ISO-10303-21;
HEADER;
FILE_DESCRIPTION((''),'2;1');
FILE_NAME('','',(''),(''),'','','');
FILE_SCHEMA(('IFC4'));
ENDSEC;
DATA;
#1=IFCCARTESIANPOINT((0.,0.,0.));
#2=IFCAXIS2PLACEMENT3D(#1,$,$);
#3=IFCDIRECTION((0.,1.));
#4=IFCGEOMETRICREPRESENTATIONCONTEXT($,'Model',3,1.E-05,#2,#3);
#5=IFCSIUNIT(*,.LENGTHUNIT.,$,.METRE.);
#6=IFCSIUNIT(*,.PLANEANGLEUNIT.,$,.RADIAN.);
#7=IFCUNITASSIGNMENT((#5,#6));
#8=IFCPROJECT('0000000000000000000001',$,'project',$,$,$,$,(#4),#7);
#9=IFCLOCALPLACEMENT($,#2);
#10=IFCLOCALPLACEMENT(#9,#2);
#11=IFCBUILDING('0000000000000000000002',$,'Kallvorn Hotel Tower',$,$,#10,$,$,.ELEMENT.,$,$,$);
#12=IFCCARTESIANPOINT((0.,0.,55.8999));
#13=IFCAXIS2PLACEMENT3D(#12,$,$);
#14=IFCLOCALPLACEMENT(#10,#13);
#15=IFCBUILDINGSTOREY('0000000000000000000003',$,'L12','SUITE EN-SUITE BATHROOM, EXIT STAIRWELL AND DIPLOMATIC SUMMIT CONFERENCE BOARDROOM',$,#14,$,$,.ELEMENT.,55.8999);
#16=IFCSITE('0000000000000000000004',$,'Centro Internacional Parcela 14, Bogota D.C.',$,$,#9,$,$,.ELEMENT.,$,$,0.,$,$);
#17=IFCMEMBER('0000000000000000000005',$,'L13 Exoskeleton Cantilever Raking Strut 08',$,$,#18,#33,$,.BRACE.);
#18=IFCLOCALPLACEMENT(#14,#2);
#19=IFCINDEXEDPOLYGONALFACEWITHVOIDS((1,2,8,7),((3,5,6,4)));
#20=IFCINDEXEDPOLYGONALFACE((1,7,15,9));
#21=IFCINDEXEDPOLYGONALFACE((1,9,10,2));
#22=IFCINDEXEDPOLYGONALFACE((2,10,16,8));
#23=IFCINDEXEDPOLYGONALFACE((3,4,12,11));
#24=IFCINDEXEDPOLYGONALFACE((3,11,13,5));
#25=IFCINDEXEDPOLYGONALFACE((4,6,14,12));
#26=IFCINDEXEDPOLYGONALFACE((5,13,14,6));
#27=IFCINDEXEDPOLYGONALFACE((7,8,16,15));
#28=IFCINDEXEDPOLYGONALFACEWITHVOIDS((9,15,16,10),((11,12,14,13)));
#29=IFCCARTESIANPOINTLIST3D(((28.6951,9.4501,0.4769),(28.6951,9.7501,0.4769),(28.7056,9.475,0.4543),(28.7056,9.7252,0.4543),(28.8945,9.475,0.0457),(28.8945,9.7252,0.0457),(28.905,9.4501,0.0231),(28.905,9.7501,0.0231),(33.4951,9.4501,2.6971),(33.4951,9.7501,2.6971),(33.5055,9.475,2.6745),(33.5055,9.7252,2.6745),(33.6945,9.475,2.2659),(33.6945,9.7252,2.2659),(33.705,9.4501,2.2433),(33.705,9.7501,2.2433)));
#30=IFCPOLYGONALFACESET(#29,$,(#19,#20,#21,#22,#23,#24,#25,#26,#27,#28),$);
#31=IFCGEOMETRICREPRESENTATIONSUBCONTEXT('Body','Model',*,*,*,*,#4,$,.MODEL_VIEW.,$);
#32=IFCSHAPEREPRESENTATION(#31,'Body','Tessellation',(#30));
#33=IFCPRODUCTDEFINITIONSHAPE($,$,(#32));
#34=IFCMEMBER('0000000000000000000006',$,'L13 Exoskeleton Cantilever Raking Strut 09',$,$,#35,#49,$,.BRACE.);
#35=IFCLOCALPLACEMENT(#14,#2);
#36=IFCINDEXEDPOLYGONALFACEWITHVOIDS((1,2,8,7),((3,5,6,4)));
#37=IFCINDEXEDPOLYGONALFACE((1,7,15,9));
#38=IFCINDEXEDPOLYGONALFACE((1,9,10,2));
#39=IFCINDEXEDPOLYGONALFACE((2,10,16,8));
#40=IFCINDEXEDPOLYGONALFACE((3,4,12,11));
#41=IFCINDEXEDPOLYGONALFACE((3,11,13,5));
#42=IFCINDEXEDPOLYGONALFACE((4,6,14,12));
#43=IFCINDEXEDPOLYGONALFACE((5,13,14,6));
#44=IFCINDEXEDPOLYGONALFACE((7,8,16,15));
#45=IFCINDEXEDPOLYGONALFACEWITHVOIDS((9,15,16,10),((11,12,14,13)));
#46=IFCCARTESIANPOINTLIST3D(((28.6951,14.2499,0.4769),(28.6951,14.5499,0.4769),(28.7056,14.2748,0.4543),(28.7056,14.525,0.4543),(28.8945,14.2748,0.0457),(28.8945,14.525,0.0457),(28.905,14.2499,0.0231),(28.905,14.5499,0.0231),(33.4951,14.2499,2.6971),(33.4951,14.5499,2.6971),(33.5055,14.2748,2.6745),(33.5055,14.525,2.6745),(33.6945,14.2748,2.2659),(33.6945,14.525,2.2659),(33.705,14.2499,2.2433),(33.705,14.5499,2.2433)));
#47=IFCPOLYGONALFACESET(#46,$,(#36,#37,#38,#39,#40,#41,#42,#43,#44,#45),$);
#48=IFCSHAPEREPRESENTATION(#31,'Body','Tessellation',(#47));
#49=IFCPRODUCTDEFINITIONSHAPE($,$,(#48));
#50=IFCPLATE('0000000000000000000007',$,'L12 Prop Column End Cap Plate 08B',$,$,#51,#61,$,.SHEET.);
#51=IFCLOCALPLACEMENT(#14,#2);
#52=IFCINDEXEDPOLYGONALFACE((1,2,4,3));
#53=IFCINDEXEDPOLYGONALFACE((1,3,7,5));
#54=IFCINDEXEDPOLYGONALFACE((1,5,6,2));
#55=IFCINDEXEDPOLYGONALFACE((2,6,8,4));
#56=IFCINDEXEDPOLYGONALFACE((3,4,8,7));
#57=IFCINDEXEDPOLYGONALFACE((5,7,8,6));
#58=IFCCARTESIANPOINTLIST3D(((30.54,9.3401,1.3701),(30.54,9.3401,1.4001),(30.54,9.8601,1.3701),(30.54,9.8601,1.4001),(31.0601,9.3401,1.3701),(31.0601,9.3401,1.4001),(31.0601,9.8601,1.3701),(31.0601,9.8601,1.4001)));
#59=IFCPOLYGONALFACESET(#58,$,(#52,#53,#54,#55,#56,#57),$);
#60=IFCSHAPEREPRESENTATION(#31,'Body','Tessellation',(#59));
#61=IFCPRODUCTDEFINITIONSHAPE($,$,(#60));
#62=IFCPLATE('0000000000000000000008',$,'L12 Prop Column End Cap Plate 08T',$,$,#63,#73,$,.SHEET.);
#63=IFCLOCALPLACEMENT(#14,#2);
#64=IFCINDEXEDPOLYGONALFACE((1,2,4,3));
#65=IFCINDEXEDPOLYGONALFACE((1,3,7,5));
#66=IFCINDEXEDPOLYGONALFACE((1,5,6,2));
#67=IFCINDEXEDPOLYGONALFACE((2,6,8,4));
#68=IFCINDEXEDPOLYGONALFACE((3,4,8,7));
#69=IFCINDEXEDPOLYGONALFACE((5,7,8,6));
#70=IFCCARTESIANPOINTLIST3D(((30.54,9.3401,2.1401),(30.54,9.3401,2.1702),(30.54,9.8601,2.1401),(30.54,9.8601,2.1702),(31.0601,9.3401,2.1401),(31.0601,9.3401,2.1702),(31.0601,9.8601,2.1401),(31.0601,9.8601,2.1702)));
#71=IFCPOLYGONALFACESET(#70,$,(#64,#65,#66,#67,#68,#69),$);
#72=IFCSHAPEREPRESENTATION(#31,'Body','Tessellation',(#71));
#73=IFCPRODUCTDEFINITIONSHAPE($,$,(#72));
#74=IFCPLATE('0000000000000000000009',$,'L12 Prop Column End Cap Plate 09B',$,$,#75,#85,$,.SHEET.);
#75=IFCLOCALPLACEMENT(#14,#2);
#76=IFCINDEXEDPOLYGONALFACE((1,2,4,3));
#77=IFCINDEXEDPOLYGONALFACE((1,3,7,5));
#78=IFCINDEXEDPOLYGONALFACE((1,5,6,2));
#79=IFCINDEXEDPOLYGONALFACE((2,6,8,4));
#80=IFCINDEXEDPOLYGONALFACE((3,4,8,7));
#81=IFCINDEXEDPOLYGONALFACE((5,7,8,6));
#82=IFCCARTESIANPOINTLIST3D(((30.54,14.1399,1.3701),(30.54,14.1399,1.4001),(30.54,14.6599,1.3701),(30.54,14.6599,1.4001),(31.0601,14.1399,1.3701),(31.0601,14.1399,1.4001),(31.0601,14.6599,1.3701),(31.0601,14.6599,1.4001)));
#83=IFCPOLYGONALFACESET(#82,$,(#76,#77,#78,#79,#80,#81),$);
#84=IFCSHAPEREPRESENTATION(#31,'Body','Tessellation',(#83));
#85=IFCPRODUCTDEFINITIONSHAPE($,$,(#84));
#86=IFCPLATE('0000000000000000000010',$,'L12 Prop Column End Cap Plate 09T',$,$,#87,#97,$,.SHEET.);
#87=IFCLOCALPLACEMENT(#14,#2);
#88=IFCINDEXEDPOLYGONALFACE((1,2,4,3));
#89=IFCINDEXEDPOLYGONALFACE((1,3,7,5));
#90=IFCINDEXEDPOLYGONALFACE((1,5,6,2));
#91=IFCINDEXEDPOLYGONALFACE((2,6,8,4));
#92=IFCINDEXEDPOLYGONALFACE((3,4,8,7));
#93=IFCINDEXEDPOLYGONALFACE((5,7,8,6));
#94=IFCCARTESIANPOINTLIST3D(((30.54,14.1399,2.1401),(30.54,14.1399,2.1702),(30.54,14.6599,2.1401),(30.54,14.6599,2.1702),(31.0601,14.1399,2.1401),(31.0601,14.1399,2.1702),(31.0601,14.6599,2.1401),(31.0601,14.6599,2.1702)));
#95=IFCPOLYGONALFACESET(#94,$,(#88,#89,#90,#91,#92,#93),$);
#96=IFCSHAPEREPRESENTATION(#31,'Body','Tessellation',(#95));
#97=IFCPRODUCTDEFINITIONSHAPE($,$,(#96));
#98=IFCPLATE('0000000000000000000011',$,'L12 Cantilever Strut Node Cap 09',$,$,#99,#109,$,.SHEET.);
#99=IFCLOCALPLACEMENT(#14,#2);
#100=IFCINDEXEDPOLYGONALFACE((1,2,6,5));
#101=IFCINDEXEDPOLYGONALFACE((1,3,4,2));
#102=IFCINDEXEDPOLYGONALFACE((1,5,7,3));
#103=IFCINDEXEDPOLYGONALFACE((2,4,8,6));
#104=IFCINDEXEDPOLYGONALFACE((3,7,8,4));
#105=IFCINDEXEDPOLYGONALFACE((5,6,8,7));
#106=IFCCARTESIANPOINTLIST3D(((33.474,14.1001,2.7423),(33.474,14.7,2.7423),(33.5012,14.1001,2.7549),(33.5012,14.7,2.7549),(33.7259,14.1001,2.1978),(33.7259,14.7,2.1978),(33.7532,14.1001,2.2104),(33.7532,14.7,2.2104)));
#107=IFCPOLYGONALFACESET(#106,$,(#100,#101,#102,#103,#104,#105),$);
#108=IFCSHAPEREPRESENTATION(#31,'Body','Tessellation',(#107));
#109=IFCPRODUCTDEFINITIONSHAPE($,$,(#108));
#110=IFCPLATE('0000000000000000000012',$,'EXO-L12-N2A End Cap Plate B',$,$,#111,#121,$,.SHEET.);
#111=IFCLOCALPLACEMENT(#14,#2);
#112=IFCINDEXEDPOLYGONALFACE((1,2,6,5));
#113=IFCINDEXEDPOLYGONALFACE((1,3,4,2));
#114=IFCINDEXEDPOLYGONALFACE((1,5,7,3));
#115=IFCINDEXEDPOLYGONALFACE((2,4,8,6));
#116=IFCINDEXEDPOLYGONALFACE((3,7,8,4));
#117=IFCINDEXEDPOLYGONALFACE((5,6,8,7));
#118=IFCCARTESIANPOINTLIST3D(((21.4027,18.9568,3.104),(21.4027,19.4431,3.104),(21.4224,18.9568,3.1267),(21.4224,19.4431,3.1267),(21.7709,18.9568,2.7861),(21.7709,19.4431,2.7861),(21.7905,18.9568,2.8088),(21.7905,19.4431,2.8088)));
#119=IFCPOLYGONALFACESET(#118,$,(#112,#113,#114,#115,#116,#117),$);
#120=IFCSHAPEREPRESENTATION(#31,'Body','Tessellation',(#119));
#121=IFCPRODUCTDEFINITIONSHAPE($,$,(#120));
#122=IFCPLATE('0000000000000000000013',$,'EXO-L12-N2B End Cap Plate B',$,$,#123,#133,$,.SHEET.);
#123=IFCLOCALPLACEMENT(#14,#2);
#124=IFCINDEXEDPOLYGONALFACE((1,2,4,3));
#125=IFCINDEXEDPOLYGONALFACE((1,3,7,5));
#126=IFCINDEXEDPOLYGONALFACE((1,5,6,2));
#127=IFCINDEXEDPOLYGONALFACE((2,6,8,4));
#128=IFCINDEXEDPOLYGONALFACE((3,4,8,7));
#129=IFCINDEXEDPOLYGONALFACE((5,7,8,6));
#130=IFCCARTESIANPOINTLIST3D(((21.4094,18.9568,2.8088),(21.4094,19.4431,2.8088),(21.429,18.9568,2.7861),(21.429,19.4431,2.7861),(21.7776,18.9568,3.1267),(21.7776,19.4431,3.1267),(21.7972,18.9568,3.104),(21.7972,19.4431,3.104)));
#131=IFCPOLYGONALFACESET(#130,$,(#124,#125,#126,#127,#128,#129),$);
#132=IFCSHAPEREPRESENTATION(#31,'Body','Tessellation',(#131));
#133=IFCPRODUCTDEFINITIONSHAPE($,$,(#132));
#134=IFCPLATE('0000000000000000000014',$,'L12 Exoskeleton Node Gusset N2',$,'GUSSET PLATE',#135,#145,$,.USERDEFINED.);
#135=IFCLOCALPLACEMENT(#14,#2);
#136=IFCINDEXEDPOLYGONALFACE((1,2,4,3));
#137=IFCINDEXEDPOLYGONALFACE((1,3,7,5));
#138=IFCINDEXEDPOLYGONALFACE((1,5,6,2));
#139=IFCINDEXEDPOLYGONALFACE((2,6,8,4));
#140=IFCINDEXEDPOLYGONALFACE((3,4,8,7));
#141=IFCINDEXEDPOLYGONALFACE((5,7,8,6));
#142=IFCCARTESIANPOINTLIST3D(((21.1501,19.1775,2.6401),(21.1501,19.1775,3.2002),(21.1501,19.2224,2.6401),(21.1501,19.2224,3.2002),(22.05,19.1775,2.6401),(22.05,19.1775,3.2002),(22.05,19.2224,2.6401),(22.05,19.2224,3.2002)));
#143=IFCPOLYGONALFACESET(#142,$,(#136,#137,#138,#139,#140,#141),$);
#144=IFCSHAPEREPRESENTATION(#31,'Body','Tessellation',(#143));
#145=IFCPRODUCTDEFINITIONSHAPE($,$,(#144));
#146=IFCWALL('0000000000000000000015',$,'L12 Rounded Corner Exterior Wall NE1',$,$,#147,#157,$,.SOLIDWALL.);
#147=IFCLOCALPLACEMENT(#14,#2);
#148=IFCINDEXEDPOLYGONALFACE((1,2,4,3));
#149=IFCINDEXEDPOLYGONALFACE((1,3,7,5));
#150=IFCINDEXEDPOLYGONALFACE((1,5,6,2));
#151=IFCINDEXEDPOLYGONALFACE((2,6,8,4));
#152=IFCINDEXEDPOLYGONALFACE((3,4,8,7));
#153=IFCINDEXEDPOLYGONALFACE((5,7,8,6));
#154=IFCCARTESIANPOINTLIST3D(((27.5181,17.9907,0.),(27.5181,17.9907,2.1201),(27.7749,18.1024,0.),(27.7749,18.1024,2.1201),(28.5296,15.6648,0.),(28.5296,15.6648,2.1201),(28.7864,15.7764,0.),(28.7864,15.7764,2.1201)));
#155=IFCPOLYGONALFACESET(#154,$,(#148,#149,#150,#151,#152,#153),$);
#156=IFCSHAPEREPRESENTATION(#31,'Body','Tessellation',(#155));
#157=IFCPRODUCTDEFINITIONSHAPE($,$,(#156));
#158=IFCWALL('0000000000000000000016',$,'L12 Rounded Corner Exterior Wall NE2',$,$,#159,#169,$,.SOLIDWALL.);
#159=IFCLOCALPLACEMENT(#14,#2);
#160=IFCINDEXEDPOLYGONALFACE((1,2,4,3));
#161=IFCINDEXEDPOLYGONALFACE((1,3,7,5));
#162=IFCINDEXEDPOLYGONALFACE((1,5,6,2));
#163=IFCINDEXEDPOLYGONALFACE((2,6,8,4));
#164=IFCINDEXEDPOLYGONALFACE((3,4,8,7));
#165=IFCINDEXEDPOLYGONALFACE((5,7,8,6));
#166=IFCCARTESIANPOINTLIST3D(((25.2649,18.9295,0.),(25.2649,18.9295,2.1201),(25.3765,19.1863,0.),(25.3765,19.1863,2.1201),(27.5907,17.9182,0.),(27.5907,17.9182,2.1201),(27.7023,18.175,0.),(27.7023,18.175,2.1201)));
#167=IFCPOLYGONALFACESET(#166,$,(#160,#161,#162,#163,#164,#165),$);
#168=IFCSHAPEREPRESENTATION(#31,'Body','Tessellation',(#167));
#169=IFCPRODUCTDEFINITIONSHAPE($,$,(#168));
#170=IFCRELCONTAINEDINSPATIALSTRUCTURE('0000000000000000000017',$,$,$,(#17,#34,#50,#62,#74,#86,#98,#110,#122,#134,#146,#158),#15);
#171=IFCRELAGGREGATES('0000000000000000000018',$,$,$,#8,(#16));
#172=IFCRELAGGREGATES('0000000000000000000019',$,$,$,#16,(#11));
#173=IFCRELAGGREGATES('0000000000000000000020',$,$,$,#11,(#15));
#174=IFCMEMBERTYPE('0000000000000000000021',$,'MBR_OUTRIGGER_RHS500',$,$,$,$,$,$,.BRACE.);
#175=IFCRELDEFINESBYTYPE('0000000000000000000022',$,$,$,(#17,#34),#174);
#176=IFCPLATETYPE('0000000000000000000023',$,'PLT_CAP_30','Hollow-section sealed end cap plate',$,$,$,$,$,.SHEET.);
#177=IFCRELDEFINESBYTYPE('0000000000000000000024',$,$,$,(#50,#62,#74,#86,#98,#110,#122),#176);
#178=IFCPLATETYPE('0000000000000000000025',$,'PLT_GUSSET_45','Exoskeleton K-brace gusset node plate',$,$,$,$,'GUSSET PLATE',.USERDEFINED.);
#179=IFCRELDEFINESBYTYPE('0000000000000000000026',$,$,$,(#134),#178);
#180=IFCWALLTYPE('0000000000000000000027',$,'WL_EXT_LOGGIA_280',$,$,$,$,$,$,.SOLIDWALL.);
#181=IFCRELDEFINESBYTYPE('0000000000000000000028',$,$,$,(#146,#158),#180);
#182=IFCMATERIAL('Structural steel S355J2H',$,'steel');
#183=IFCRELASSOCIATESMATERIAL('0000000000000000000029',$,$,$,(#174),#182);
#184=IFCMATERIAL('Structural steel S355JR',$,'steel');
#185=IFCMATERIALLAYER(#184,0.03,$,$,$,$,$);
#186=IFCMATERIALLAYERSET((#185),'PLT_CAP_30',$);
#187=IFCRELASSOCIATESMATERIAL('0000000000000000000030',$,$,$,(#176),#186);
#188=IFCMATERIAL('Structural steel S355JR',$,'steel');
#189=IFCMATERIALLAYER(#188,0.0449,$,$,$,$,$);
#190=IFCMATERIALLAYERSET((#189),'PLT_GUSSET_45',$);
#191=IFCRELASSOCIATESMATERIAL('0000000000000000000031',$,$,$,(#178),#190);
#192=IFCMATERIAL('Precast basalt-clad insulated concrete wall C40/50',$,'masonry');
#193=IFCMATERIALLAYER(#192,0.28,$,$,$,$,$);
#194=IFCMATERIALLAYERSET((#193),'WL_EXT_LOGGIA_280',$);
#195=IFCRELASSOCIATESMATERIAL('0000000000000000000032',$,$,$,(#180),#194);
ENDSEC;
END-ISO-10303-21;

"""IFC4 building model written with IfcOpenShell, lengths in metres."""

from ifc_helpers import new_model, si_unit, direction, frame, frame_2d, origin, origin_2d, place, context, subcontext, project, spatial, polyline, rectangle, hollow_rectangle, outline, extrude, material, layer, layer_set, material_profile, profile_set, type_object, element, save


model = new_model("IFC4")

# Units and contexts
model_context = context("Model", 3, precision=1e-05, world=origin(), true_north=direction((0.0, 1.0)))
body_context = subcontext(model_context, "Body", "Model", "MODEL_VIEW")
ifc_project = project(units=[si_unit("LENGTHUNIT", "METRE"), si_unit("PLANEANGLEUNIT", "RADIAN")], contexts=[model_context])

# Site, building, storey
site_placement = place(None, origin())
site = spatial("IfcSite", under=ifc_project, at=site_placement, Name="Centro Internacional Parcela 14, Bogota D.C.", CompositionType="ELEMENT", RefElevation=0.0)
building_placement = place(site_placement, origin())
building = spatial("IfcBuilding", under=site, at=building_placement, Name="Kallvorn Hotel Tower", CompositionType="ELEMENT")
storey_placement = place(building_placement, frame((0.0, 0.0, 55.8999)))
storey = spatial("IfcBuildingStorey", under=building, at=storey_placement, Name="L12", Description="SUITE EN-SUITE BATHROOM, EXIT STAIRWELL AND DIPLOMATIC SUMMIT CONFERENCE BOARDROOM", CompositionType="ELEMENT", Elevation=55.8999)

# Members
ifc_material_1 = material(Name="Structural steel S355J2H", Category="steel")
ifc_material_profile_1 = material_profile(ifc_material_1, hollow_rectangle(XDim=0.3, YDim=0.5, WallThickness=0.0249, at=origin_2d()), Name="RHS 500x300x25")
ifc_profile_set_1 = profile_set([ifc_material_profile_1], Name="Structural steel S355J2H")
member_type_1 = type_object("IfcMemberType", Name="MBR_OUTRIGGER_RHS500", PredefinedType="BRACE", material=ifc_profile_set_1)
for number, where, z_axis, x_axis, name in (
    (1, (28.8, 9.6001, 0.25), (0.907613, 0.0, 0.419807), (0.0, 1.0, 0.0), "L13 Exoskeleton Cantilever Raking Strut 08"),
    (2, (28.8, 14.3999, 0.25), (0.907613, 0.0, 0.419807), (0.0, 1.0, 0.0), "L13 Exoskeleton Cantilever Raking Strut 09"),
):
    element("IfcMember", number, at=place(storey_placement, frame(where, z_axis=z_axis, x_axis=x_axis)), inside=storey, type_object=member_type_1, Name=name, PredefinedType="BRACE", context=body_context, shape_type="SweptSolid", body=[
        extrude(hollow_rectangle(XDim=0.3, YDim=0.5, WallThickness=0.0249, at=origin_2d()), origin(), (0.0, 0.0, 1.0), 5.2886),
    ])

# Plates
ifc_material_2 = material(Name="Structural steel S355JR", Category="steel")
ifc_layer_1 = layer(ifc_material_2, 0.03)
ifc_layer_set_1 = layer_set([ifc_layer_1], Name="PLT_CAP_30")
plate_type_1 = type_object("IfcPlateType", Name="PLT_CAP_30", Description="Hollow-section sealed end cap plate", PredefinedType="SHEET", material=ifc_layer_set_1)
for number, where, z_axis, x_axis, name in (
    (3, (30.8, 9.6001, 1.3701), (0.0, 0.0, 1.0), (1.0, 0.0, 0.0), "L12 Prop Column End Cap Plate 08B"),
    (4, (30.8, 9.6001, 2.1401), (0.0, 0.0, 1.0), (1.0, 0.0, 0.0), "L12 Prop Column End Cap Plate 08T"),
    (5, (30.8, 14.3999, 1.3701), (0.0, 0.0, 1.0), (1.0, 0.0, 0.0), "L12 Prop Column End Cap Plate 09B"),
    (6, (30.8, 14.3999, 2.1401), (0.0, 0.0, 1.0), (1.0, 0.0, 0.0), "L12 Prop Column End Cap Plate 09T"),
):
    element("IfcPlate", number, at=place(storey_placement, frame(where, z_axis=z_axis, x_axis=x_axis)), inside=storey, type_object=plate_type_1, Name=name, PredefinedType="SHEET", context=body_context, shape_type="SweptSolid", body=[
        extrude(rectangle(XDim=0.52, YDim=0.52, at=origin_2d()), origin(), (0.0, 0.0, 1.0), 0.03),
    ])
plate_1_placement = place(storey_placement, frame((33.7532, 14.1001, 2.2104), z_axis=(0.90753, 0.0, 0.419987), x_axis=(0.0, 1.0, 0.0)))
element("IfcPlate", 7, at=plate_1_placement, inside=storey, type_object=plate_type_1, Name="L12 Cantilever Strut Node Cap 09", PredefinedType="SHEET", context=body_context, shape_type="SweptSolid", body=[
    extrude(outline(polyline([(0.0, 0.0), (0.5999, 0.0), (0.5999, 0.5999), (0.0, 0.5999), (0.0, 0.0)])), origin(), (0.0, 0.0, -1.0), 0.03),
])
for number, where, z_axis, x_axis, name in (
    (8, (21.7905, 18.9568, 2.8088), (0.653515, 0.0, 0.756913), (0.0, 1.0, 0.0), "EXO-L12-N2A End Cap Plate B"),
    (9, (21.4094, 19.4431, 2.8088), (-0.653515, 0.0, 0.756913), (0.0, -1.0, 0.0), "EXO-L12-N2B End Cap Plate B"),
):
    element("IfcPlate", number, at=place(storey_placement, frame(where, z_axis=z_axis, x_axis=x_axis)), inside=storey, type_object=plate_type_1, Name=name, PredefinedType="SHEET", context=body_context, shape_type="SweptSolid", body=[
        extrude(outline(polyline([(0.0, 0.0), (0.4863, 0.0), (0.4863, 0.4864), (0.0, 0.4864), (0.0, 0.0)])), origin(), (0.0, 0.0, -1.0), 0.03),
    ])
ifc_material_3 = material(Name="Structural steel S355JR", Category="steel")
ifc_layer_2 = layer(ifc_material_3, 0.0449)
ifc_layer_set_2 = layer_set([ifc_layer_2], Name="PLT_GUSSET_45")
plate_type_2 = type_object("IfcPlateType", Name="PLT_GUSSET_45", Description="Exoskeleton K-brace gusset node plate", ElementType="GUSSET PLATE", PredefinedType="USERDEFINED", material=ifc_layer_set_2)
plate_2_placement = place(storey_placement, frame((21.6001, 19.2, 2.6401), z_axis=(0.0, 0.0, 1.0), x_axis=(1.0, 0.0, 0.0)))
element("IfcPlate", 10, at=plate_2_placement, inside=storey, type_object=plate_type_2, Name="L12 Exoskeleton Node Gusset N2", ObjectType="GUSSET PLATE", PredefinedType="USERDEFINED", context=body_context, shape_type="SweptSolid", body=[
    extrude(rectangle(XDim=0.8999, YDim=0.0449, at=origin_2d()), origin(), (0.0, 0.0, 1.0), 0.5601),
])

# Walls
ifc_material_4 = material(Name="Precast basalt-clad insulated concrete wall C40/50", Category="masonry")
ifc_layer_3 = layer(ifc_material_4, 0.28)
ifc_layer_set_3 = layer_set([ifc_layer_3], Name="WL_EXT_LOGGIA_280")
wall_type = type_object("IfcWallType", Name="WL_EXT_LOGGIA_280", PredefinedType="SOLIDWALL", material=ifc_layer_set_3)
wall_1_placement = place(storey_placement, frame((28.658, 15.7207, 0.0), z_axis=(0.0, 0.0, 1.0), x_axis=(-0.398793, 0.917041, 0.0)))
element("IfcWall", 11, at=wall_1_placement, inside=storey, type_object=wall_type, Name="L12 Rounded Corner Exterior Wall NE1", PredefinedType="SOLIDWALL", context=body_context, shape_type="SweptSolid", body=[
    extrude(rectangle(XDim=2.5364, YDim=0.28, at=frame_2d((1.2681, 0.0))), origin(), (0.0, 0.0, 1.0), 2.1201),
])
wall_2_placement = place(storey_placement, frame((27.6465, 18.0466, 0.0), z_axis=(0.0, 0.0, 1.0), x_axis=(-0.917061, 0.398747, 0.0)))
element("IfcWall", 12, at=wall_2_placement, inside=storey, type_object=wall_type, Name="L12 Rounded Corner Exterior Wall NE2", PredefinedType="SOLIDWALL", context=body_context, shape_type="SweptSolid", body=[
    extrude(rectangle(XDim=2.5361, YDim=0.28, at=frame_2d((1.2681, 0.0))), origin(), (0.0, 0.0, 1.0), 2.1201),
])

save(model, "model.ifc")
